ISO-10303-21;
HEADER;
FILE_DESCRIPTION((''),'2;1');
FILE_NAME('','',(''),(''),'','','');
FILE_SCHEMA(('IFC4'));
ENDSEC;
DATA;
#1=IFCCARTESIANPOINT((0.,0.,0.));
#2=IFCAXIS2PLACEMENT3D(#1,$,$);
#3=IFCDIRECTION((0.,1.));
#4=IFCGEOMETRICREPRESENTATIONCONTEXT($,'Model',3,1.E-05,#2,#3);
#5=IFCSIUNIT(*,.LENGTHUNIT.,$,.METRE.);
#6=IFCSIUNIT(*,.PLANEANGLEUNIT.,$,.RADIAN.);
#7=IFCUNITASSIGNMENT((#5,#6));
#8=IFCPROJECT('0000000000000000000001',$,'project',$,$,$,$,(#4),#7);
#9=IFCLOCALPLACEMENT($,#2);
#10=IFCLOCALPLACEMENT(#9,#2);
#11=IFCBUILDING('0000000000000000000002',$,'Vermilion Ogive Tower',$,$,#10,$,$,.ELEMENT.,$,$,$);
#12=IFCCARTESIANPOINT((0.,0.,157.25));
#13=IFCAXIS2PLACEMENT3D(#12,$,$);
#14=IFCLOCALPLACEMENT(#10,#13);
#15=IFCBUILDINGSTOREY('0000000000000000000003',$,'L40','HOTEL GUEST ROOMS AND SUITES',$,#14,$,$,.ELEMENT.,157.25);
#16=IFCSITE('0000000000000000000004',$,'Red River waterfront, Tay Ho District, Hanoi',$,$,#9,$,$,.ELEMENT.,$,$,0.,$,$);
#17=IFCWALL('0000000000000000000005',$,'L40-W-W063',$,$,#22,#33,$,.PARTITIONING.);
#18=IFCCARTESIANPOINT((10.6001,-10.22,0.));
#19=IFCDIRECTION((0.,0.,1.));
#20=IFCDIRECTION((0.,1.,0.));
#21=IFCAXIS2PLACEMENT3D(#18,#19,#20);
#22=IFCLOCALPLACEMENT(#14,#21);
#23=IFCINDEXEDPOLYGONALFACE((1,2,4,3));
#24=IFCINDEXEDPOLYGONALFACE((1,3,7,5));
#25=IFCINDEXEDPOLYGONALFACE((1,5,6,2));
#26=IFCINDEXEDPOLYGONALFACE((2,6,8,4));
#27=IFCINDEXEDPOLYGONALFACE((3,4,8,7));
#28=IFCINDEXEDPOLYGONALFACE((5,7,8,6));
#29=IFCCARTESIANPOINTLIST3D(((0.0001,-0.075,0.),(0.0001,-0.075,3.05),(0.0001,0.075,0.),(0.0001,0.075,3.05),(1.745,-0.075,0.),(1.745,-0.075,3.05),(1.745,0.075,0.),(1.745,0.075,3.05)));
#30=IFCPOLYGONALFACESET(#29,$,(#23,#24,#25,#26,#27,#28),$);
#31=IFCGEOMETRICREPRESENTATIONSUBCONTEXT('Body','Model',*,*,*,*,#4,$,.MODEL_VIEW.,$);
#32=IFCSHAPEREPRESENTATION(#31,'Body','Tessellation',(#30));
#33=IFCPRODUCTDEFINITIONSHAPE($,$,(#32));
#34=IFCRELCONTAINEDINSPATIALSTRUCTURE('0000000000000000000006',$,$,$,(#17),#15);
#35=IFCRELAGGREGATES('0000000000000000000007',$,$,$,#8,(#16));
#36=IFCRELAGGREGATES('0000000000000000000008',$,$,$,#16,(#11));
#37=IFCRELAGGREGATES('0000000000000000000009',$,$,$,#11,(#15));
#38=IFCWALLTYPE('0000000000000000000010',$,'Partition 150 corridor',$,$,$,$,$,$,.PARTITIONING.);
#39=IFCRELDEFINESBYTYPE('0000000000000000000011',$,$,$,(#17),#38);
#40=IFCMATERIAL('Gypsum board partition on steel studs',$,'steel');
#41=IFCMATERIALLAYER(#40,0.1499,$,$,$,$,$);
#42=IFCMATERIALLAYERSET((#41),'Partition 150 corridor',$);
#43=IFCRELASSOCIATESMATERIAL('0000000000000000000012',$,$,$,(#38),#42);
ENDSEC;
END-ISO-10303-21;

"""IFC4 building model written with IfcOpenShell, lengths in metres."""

from ifc_helpers import new_model, si_unit, direction, frame, frame_2d, origin, place, context, subcontext, project, spatial, rectangle, extrude, material, layer, layer_set, type_object, element, save


model = new_model("IFC4")

# Units and contexts
model_context = context("Model", 3, precision=1e-05, world=origin(), true_north=direction((0.0, 1.0)))
body_context = subcontext(model_context, "Body", "Model", "MODEL_VIEW")
ifc_project = project(units=[si_unit("LENGTHUNIT", "METRE"), si_unit("PLANEANGLEUNIT", "RADIAN")], contexts=[model_context])

# Site, building, storey
site_placement = place(None, origin())
site = spatial("IfcSite", under=ifc_project, at=site_placement, Name="Red River waterfront, Tay Ho District, Hanoi", CompositionType="ELEMENT", RefElevation=0.0)
building_placement = place(site_placement, origin())
building = spatial("IfcBuilding", under=site, at=building_placement, Name="Vermilion Ogive Tower", CompositionType="ELEMENT")
storey_placement = place(building_placement, frame((0.0, 0.0, 157.25)))
storey = spatial("IfcBuildingStorey", under=building, at=storey_placement, Name="L40", Description="HOTEL GUEST ROOMS AND SUITES", CompositionType="ELEMENT", Elevation=157.25)

# Shared definitions
ifc_material_1 = material(Name="Gypsum board partition on steel studs", Category="steel")
ifc_layer_1 = layer(ifc_material_1, 0.1499)
ifc_layer_set_1 = layer_set([ifc_layer_1], Name="Partition 150 corridor")
wall_type_1 = type_object("IfcWallType", Name="Partition 150 corridor", PredefinedType="PARTITIONING", material=ifc_layer_set_1)

# Wall
wall_1_placement = place(storey_placement, frame((10.6001, -10.22, 0.0), z_axis=(0.0, 0.0, 1.0), x_axis=(0.0, 1.0, 0.0)))
element("IfcWall", 1, at=wall_1_placement, inside=storey, type_object=wall_type_1, Name="L40-W-W063", PredefinedType="PARTITIONING", context=body_context, shape_type="SweptSolid", body=[
    extrude(rectangle(XDim=1.7449, YDim=0.1499, at=frame_2d((0.8726, 0.0))), origin(), (0.0, 0.0, 1.0), 3.05),
])

save(model, "model.ifc")
